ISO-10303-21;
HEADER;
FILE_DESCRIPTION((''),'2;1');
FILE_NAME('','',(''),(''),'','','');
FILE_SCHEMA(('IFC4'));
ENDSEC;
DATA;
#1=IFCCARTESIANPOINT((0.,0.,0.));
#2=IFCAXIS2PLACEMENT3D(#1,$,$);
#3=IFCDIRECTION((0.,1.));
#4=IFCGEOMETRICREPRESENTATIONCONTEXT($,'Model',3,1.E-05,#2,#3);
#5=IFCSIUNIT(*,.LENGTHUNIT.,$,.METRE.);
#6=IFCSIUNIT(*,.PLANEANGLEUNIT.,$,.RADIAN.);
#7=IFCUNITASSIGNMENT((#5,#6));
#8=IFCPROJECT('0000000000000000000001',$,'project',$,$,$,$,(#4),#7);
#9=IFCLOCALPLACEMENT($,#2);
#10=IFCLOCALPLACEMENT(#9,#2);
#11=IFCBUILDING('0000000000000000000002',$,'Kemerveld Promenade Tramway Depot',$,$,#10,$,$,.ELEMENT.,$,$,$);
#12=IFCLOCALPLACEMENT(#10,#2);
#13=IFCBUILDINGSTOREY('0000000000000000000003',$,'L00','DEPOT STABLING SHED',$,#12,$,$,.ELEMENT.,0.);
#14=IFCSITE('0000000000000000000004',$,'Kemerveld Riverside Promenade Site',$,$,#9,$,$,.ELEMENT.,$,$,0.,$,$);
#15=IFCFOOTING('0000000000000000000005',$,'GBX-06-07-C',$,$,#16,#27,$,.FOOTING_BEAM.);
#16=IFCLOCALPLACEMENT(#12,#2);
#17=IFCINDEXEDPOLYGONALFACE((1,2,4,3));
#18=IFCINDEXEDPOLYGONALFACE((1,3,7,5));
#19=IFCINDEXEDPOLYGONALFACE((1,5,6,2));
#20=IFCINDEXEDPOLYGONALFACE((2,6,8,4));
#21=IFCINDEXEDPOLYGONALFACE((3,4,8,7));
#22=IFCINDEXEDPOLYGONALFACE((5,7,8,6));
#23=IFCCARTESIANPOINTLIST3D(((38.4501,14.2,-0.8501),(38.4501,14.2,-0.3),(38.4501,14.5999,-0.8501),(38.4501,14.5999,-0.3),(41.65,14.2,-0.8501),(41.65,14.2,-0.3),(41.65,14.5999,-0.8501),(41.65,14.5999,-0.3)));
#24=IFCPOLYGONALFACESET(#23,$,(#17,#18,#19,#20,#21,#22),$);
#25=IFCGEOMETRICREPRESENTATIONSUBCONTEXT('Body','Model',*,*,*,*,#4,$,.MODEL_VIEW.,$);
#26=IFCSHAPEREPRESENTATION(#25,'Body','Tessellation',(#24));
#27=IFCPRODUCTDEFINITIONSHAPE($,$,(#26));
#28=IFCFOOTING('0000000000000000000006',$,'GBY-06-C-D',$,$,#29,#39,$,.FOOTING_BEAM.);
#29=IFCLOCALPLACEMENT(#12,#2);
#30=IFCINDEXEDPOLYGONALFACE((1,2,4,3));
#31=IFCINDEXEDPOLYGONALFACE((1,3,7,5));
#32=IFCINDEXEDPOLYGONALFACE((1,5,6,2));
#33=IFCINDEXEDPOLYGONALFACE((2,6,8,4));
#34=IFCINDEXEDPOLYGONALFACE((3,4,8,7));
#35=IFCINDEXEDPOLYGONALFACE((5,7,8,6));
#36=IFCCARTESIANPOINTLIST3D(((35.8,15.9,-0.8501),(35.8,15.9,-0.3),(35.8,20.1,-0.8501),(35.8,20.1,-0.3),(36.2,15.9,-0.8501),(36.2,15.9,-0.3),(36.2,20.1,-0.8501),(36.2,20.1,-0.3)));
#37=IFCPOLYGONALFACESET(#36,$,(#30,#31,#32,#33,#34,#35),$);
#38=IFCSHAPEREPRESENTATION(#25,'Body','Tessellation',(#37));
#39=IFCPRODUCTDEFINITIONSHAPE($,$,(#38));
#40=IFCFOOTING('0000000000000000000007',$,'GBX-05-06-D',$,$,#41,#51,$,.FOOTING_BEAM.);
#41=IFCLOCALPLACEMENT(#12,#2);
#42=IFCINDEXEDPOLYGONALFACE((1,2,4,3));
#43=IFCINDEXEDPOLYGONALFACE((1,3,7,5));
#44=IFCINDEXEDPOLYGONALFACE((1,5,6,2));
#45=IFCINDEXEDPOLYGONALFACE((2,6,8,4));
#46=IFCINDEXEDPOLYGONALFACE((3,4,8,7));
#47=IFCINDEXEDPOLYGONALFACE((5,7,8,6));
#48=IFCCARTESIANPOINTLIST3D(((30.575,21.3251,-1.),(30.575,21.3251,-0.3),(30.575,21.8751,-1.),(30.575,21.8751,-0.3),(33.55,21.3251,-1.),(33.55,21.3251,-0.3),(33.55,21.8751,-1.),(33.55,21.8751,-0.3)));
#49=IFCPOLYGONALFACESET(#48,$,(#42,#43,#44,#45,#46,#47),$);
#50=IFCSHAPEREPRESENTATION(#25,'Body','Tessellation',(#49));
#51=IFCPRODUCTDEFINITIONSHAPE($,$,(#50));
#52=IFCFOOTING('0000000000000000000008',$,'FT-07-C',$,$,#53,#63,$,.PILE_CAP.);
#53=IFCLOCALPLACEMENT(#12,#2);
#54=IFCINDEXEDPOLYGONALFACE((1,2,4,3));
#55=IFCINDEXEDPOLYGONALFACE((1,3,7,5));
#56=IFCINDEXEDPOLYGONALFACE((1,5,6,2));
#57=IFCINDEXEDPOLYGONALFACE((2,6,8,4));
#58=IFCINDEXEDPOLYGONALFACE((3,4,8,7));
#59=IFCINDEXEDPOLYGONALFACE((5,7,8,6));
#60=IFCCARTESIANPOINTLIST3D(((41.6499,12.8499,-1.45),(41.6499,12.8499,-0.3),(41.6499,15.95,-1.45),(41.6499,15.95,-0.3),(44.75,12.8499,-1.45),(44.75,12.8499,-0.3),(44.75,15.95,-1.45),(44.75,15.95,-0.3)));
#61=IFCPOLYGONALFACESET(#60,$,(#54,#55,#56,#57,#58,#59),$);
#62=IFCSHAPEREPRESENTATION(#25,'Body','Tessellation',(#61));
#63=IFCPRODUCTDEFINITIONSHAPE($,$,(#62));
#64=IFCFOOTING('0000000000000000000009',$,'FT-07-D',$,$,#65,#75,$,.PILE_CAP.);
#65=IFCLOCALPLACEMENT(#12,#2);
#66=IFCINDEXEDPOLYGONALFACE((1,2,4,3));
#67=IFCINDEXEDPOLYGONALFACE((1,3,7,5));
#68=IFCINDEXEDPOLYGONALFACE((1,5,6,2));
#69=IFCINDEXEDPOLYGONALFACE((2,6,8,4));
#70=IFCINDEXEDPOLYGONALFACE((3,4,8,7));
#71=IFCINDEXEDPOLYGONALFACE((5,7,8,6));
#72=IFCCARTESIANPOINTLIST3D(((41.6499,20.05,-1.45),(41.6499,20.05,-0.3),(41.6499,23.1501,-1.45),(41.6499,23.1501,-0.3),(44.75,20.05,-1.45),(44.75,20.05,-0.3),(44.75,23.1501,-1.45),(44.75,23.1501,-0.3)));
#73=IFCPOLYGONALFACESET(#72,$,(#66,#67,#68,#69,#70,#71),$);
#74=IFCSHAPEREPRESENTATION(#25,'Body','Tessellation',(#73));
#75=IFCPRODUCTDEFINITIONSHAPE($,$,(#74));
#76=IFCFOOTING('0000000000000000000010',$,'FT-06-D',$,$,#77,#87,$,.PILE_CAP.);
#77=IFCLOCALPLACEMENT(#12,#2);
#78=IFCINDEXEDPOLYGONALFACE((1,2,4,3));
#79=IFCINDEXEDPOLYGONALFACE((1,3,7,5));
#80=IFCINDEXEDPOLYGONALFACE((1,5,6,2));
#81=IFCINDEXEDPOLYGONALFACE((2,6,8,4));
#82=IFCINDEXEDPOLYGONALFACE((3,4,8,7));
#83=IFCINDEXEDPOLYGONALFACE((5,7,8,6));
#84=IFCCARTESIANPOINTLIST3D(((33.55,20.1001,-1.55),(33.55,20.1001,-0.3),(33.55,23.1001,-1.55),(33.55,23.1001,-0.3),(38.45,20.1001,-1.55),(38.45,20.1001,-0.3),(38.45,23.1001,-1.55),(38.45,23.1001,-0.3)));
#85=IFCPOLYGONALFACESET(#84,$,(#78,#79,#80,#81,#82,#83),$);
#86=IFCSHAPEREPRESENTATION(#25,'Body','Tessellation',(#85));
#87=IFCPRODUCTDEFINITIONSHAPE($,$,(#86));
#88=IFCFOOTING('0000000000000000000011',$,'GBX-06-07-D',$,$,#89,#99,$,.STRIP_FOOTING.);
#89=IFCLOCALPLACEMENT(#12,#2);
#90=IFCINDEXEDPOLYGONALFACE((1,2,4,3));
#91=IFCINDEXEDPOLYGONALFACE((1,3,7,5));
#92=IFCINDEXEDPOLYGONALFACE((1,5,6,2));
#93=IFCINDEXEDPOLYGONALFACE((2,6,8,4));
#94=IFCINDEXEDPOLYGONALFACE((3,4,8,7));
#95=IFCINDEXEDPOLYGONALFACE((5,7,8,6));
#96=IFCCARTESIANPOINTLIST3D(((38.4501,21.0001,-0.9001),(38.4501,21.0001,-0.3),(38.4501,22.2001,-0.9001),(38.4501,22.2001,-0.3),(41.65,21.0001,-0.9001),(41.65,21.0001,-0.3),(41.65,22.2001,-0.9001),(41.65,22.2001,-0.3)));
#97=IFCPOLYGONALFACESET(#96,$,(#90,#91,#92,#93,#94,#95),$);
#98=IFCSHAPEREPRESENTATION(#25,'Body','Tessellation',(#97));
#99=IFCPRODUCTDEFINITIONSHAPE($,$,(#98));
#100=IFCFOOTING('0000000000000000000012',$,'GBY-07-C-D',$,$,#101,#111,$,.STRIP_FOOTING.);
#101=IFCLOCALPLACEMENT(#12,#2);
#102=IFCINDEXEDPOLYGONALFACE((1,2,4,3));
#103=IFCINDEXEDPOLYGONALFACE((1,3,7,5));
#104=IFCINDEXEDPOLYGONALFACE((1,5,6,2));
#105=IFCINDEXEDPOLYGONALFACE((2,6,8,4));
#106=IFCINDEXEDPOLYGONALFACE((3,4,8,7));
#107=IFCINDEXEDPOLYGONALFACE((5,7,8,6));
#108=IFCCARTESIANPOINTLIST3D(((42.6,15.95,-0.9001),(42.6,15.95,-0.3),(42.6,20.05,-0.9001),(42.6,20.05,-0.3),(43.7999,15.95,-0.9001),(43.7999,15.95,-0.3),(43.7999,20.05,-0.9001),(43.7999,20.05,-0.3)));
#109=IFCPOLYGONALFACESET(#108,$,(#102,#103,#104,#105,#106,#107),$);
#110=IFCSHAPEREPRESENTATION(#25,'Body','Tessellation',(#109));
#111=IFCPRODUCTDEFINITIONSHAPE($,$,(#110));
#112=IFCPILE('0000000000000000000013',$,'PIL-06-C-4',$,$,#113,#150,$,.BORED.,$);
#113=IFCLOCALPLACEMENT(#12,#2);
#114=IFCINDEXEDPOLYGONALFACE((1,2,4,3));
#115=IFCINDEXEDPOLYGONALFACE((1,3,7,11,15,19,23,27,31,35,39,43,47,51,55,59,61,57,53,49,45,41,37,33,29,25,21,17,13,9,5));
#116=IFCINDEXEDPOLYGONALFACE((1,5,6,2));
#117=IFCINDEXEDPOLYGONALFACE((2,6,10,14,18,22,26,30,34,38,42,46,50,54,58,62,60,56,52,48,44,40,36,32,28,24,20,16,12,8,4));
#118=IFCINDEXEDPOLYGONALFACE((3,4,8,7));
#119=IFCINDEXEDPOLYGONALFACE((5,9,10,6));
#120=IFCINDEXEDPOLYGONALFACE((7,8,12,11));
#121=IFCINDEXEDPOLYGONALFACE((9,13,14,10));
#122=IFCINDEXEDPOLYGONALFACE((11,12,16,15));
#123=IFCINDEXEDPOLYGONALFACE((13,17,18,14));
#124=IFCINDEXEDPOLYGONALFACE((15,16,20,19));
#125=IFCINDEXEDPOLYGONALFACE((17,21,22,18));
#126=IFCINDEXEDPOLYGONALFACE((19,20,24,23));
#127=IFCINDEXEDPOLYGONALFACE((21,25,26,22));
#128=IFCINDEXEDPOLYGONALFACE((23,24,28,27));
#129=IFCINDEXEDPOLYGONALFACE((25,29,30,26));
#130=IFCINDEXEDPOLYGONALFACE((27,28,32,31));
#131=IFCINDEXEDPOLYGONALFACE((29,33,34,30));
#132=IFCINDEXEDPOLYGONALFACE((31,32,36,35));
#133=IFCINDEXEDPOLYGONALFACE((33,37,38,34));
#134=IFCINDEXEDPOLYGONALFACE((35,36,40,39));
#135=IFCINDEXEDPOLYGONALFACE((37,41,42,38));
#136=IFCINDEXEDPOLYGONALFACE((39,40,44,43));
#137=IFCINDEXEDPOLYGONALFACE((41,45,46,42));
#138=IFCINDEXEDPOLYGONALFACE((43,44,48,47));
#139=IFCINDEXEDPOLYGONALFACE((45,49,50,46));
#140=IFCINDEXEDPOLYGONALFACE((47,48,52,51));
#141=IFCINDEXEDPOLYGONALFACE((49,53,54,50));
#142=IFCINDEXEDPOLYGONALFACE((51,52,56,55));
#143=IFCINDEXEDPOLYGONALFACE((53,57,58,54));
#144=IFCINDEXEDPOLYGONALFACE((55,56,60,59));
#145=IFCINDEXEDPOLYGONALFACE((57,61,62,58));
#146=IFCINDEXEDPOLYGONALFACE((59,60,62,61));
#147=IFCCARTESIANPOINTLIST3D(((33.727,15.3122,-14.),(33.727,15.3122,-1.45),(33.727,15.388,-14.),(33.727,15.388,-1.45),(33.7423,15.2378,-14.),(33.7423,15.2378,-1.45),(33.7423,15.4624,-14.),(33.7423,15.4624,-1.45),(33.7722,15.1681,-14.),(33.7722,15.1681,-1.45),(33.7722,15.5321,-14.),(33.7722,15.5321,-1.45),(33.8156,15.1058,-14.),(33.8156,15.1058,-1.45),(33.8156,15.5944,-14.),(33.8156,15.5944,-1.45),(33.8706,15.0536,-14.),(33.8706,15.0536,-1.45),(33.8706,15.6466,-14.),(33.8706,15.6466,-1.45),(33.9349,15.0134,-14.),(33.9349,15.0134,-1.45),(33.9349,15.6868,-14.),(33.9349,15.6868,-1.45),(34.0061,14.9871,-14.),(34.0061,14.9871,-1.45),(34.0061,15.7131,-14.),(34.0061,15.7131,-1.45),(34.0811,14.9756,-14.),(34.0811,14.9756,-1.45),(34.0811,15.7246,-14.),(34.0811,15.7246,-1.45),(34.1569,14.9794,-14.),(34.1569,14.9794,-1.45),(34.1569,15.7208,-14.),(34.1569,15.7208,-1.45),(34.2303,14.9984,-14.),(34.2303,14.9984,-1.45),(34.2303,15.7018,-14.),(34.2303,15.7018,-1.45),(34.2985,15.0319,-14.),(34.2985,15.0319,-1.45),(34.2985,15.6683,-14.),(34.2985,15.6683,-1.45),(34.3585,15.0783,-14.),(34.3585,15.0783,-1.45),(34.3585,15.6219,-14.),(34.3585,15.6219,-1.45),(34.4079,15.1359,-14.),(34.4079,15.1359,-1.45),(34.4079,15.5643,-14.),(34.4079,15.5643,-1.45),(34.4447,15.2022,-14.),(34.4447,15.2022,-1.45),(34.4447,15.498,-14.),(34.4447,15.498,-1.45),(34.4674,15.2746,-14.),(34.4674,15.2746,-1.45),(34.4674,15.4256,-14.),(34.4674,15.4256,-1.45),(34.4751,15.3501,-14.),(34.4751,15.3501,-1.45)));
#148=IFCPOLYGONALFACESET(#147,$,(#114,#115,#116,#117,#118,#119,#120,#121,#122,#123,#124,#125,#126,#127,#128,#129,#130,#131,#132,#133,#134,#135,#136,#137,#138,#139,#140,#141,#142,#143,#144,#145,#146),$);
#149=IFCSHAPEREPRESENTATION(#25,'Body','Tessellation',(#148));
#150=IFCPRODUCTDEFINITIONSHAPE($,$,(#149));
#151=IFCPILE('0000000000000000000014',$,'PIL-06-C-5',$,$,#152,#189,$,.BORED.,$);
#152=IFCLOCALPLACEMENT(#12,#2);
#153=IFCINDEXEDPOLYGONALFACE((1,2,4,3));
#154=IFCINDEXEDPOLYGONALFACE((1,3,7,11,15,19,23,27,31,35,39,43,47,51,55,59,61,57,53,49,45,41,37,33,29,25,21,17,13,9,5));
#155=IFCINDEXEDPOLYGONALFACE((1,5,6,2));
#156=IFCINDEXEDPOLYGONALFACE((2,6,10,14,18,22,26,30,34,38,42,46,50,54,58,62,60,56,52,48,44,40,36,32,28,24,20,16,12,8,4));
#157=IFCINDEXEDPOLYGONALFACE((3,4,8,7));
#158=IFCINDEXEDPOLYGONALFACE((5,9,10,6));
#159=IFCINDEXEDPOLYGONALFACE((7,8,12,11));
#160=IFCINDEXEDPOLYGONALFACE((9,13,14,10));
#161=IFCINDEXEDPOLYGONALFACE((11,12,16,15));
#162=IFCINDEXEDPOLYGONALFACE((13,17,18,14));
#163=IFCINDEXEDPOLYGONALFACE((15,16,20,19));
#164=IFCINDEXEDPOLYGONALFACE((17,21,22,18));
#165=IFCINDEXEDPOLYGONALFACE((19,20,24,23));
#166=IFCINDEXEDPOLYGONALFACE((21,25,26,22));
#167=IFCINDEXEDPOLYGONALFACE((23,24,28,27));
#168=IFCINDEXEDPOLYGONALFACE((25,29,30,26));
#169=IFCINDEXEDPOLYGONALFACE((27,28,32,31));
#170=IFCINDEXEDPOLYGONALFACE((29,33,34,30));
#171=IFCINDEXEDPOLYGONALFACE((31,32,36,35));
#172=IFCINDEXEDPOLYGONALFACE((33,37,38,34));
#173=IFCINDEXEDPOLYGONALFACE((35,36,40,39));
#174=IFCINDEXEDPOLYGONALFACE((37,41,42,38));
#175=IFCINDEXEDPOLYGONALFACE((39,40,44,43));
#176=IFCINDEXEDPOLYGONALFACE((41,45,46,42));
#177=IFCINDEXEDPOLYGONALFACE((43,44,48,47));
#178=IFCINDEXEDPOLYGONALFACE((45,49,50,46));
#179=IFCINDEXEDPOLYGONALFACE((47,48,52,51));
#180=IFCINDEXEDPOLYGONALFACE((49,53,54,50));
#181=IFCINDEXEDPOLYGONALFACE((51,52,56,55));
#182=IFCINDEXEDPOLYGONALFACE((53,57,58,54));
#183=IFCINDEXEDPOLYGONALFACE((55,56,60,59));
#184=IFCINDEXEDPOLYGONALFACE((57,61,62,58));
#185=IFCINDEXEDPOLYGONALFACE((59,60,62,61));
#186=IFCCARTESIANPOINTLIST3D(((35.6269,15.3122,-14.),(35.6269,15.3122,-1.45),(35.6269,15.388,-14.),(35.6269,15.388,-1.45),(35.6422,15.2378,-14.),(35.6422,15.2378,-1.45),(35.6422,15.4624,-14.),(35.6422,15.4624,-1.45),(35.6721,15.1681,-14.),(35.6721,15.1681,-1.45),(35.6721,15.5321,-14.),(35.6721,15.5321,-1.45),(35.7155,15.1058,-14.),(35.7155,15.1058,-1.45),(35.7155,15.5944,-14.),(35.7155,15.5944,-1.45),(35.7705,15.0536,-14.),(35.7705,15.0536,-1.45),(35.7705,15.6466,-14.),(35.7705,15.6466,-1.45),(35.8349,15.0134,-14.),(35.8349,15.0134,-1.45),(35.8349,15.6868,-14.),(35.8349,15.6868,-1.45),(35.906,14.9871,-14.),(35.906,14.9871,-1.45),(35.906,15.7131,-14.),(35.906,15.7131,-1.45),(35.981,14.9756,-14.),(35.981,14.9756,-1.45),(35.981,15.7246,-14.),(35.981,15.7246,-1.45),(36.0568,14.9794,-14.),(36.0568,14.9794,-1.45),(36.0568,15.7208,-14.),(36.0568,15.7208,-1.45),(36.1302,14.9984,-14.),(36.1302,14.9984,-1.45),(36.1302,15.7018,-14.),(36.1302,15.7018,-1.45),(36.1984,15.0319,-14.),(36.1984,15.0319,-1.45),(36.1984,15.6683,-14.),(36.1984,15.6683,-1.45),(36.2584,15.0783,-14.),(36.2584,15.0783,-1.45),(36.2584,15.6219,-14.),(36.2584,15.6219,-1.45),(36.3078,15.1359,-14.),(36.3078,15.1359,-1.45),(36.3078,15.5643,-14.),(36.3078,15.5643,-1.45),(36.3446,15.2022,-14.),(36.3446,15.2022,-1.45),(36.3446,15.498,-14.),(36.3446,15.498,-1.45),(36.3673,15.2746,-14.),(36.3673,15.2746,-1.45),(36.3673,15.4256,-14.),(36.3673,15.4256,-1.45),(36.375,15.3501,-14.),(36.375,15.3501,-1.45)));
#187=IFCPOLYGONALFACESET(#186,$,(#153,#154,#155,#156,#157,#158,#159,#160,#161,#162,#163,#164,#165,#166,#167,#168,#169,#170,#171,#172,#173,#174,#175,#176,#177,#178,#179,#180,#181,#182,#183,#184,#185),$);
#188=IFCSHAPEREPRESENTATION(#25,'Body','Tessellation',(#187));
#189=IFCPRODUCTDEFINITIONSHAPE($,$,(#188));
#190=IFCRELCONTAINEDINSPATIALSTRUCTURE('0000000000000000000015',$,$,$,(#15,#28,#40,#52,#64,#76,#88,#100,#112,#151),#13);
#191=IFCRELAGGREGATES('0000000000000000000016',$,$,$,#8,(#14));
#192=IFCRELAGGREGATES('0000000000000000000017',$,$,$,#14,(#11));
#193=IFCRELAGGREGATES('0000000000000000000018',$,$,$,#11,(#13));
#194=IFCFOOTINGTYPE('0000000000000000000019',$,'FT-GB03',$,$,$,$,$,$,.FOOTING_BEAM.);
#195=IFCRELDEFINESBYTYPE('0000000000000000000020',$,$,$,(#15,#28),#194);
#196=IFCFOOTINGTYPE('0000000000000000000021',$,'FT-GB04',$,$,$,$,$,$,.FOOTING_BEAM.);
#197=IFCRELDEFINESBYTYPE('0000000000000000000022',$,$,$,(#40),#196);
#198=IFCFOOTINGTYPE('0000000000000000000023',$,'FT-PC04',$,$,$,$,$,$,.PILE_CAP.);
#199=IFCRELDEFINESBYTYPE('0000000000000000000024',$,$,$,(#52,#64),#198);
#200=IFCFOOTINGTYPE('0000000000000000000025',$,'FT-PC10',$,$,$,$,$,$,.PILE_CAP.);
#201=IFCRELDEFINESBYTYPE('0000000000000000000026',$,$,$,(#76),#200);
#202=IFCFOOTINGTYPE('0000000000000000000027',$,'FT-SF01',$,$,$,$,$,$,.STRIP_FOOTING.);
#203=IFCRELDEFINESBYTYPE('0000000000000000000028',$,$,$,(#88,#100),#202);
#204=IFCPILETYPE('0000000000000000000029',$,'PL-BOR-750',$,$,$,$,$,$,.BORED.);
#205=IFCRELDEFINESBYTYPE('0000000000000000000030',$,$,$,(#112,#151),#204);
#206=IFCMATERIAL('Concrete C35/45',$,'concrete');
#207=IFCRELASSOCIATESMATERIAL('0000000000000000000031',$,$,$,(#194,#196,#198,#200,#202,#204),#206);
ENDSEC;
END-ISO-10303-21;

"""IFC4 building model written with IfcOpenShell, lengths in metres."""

from ifc_helpers import new_model, si_unit, direction, frame, origin, origin_2d, place, context, subcontext, project, spatial, rectangle, circle, extrude, material, material_profile, profile_set, type_object, element, save


model = new_model("IFC4")

# Units and contexts
model_context = context("Model", 3, precision=1e-05, world=origin(), true_north=direction((0.0, 1.0)))
body_context = subcontext(model_context, "Body", "Model", "MODEL_VIEW")
ifc_project = project(units=[si_unit("LENGTHUNIT", "METRE"), si_unit("PLANEANGLEUNIT", "RADIAN")], contexts=[model_context])

# Site, building, storey
site_placement = place(None, origin())
site = spatial("IfcSite", under=ifc_project, at=site_placement, Name="Kemerveld Riverside Promenade Site", CompositionType="ELEMENT", RefElevation=0.0)
building_placement = place(site_placement, origin())
building = spatial("IfcBuilding", under=site, at=building_placement, Name="Kemerveld Promenade Tramway Depot", CompositionType="ELEMENT")
storey_placement = place(building_placement, origin())
storey = spatial("IfcBuildingStorey", under=building, at=storey_placement, Name="L00", Description="DEPOT STABLING SHED", CompositionType="ELEMENT", Elevation=0.0)

# Footings
ifc_material_1 = material(Name="Concrete C35/45", Category="concrete")
footing_type_1 = type_object("IfcFootingType", Name="FT-GB03", PredefinedType="FOOTING_BEAM", material=ifc_material_1)
footing_1_placement = place(storey_placement, frame((40.05, 14.3999, -0.8501), z_axis=(0.0, 0.0, 1.0), x_axis=(1.0, 0.0, 0.0)))
element("IfcFooting", 1, at=footing_1_placement, inside=storey, type_object=footing_type_1, Name="GBX-06-07-C", PredefinedType="FOOTING_BEAM", context=body_context, shape_type="SweptSolid", body=[
    extrude(rectangle(XDim=3.2, YDim=0.3999, at=origin_2d()), origin(), (0.0, 0.0, 1.0), 0.55),
])
footing_2_placement = place(storey_placement, frame((36.0, 18.0, -0.8501), z_axis=(0.0, 0.0, 1.0), x_axis=(0.0, 1.0, 0.0)))
element("IfcFooting", 2, at=footing_2_placement, inside=storey, type_object=footing_type_1, Name="GBY-06-C-D", PredefinedType="FOOTING_BEAM", context=body_context, shape_type="SweptSolid", body=[
    extrude(rectangle(XDim=4.2, YDim=0.3999, at=origin_2d()), origin(), (0.0, 0.0, 1.0), 0.55),
])
footing_type_2 = type_object("IfcFootingType", Name="FT-GB04", PredefinedType="FOOTING_BEAM", material=ifc_material_1)
footing_3_placement = place(storey_placement, frame((32.0625, 21.6001, -1.0), z_axis=(0.0, 0.0, 1.0), x_axis=(1.0, 0.0, 0.0)))
element("IfcFooting", 3, at=footing_3_placement, inside=storey, type_object=footing_type_2, Name="GBX-05-06-D", PredefinedType="FOOTING_BEAM", context=body_context, shape_type="SweptSolid", body=[
    extrude(rectangle(XDim=2.9751, YDim=0.55, at=origin_2d()), origin(), (0.0, 0.0, 1.0), 0.7),
])
footing_type_3 = type_object("IfcFootingType", Name="FT-PC04", PredefinedType="PILE_CAP", material=ifc_material_1)
for number, where, z_axis, x_axis, name in (
    (4, (43.2, 14.3999, -1.45), (0.0, 0.0, 1.0), (1.0, 0.0, 0.0), "FT-07-C"),
    (5, (43.2, 21.6001, -1.45), (0.0, 0.0, 1.0), (1.0, 0.0, 0.0), "FT-07-D"),
):
    element("IfcFooting", number, at=place(storey_placement, frame(where, z_axis=z_axis, x_axis=x_axis)), inside=storey, type_object=footing_type_3, Name=name, PredefinedType="PILE_CAP", context=body_context, shape_type="SweptSolid", body=[
        extrude(rectangle(XDim=3.1001, YDim=3.1001, at=origin_2d()), origin(), (0.0, 0.0, 1.0), 1.1499),
    ])
footing_type_4 = type_object("IfcFootingType", Name="FT-PC10", PredefinedType="PILE_CAP", material=ifc_material_1)
footing_4_placement = place(storey_placement, frame((36.0, 21.6001, -1.55), z_axis=(0.0, 0.0, 1.0), x_axis=(1.0, 0.0, 0.0)))
element("IfcFooting", 6, at=footing_4_placement, inside=storey, type_object=footing_type_4, Name="FT-06-D", PredefinedType="PILE_CAP", context=body_context, shape_type="SweptSolid", body=[
    extrude(rectangle(XDim=4.8999, YDim=3.0, at=origin_2d()), origin(), (0.0, 0.0, 1.0), 1.25),
])
footing_type_5 = type_object("IfcFootingType", Name="FT-SF01", PredefinedType="STRIP_FOOTING", material=ifc_material_1)
footing_5_placement = place(storey_placement, frame((40.05, 21.6001, -0.9001), z_axis=(0.0, 0.0, 1.0), x_axis=(1.0, 0.0, 0.0)))
element("IfcFooting", 7, at=footing_5_placement, inside=storey, type_object=footing_type_5, Name="GBX-06-07-D", PredefinedType="STRIP_FOOTING", context=body_context, shape_type="SweptSolid", body=[
    extrude(rectangle(XDim=3.2, YDim=1.2, at=origin_2d()), origin(), (0.0, 0.0, 1.0), 0.6001),
])
footing_6_placement = place(storey_placement, frame((43.2, 18.0, -0.9001), z_axis=(0.0, 0.0, 1.0), x_axis=(0.0, 1.0, 0.0)))
element("IfcFooting", 8, at=footing_6_placement, inside=storey, type_object=footing_type_5, Name="GBY-07-C-D", PredefinedType="STRIP_FOOTING", context=body_context, shape_type="SweptSolid", body=[
    extrude(rectangle(XDim=4.1001, YDim=1.2, at=origin_2d()), origin(), (0.0, 0.0, 1.0), 0.6001),
])

# Piles
ifc_material_profile_1 = material_profile(ifc_material_1, circle(Radius=0.375, at=origin_2d()), Name="PILE-D750")
ifc_profile_set_1 = profile_set([ifc_material_profile_1], Name="Concrete C35/45")
pile_type = type_object("IfcPileType", Name="PL-BOR-750", PredefinedType="BORED", material=ifc_profile_set_1)
for number, where, z_axis, x_axis, name in (
    (9, (34.1001, 15.3501, -1.45), (0.0, 0.0, -1.0), (1.0, 0.0, 0.0), "PIL-06-C-4"),
    (10, (36.0, 15.3501, -1.45), (0.0, 0.0, -1.0), (1.0, 0.0, 0.0), "PIL-06-C-5"),
):
    element("IfcPile", number, at=place(storey_placement, frame(where, z_axis=z_axis, x_axis=x_axis)), inside=storey, type_object=pile_type, Name=name, PredefinedType="BORED", context=body_context, shape_type="SweptSolid", body=[
        extrude(circle(Radius=0.375, at=origin_2d()), origin(), (0.0, 0.0, 1.0), 12.55),
    ])

save(model, "model.ifc")
